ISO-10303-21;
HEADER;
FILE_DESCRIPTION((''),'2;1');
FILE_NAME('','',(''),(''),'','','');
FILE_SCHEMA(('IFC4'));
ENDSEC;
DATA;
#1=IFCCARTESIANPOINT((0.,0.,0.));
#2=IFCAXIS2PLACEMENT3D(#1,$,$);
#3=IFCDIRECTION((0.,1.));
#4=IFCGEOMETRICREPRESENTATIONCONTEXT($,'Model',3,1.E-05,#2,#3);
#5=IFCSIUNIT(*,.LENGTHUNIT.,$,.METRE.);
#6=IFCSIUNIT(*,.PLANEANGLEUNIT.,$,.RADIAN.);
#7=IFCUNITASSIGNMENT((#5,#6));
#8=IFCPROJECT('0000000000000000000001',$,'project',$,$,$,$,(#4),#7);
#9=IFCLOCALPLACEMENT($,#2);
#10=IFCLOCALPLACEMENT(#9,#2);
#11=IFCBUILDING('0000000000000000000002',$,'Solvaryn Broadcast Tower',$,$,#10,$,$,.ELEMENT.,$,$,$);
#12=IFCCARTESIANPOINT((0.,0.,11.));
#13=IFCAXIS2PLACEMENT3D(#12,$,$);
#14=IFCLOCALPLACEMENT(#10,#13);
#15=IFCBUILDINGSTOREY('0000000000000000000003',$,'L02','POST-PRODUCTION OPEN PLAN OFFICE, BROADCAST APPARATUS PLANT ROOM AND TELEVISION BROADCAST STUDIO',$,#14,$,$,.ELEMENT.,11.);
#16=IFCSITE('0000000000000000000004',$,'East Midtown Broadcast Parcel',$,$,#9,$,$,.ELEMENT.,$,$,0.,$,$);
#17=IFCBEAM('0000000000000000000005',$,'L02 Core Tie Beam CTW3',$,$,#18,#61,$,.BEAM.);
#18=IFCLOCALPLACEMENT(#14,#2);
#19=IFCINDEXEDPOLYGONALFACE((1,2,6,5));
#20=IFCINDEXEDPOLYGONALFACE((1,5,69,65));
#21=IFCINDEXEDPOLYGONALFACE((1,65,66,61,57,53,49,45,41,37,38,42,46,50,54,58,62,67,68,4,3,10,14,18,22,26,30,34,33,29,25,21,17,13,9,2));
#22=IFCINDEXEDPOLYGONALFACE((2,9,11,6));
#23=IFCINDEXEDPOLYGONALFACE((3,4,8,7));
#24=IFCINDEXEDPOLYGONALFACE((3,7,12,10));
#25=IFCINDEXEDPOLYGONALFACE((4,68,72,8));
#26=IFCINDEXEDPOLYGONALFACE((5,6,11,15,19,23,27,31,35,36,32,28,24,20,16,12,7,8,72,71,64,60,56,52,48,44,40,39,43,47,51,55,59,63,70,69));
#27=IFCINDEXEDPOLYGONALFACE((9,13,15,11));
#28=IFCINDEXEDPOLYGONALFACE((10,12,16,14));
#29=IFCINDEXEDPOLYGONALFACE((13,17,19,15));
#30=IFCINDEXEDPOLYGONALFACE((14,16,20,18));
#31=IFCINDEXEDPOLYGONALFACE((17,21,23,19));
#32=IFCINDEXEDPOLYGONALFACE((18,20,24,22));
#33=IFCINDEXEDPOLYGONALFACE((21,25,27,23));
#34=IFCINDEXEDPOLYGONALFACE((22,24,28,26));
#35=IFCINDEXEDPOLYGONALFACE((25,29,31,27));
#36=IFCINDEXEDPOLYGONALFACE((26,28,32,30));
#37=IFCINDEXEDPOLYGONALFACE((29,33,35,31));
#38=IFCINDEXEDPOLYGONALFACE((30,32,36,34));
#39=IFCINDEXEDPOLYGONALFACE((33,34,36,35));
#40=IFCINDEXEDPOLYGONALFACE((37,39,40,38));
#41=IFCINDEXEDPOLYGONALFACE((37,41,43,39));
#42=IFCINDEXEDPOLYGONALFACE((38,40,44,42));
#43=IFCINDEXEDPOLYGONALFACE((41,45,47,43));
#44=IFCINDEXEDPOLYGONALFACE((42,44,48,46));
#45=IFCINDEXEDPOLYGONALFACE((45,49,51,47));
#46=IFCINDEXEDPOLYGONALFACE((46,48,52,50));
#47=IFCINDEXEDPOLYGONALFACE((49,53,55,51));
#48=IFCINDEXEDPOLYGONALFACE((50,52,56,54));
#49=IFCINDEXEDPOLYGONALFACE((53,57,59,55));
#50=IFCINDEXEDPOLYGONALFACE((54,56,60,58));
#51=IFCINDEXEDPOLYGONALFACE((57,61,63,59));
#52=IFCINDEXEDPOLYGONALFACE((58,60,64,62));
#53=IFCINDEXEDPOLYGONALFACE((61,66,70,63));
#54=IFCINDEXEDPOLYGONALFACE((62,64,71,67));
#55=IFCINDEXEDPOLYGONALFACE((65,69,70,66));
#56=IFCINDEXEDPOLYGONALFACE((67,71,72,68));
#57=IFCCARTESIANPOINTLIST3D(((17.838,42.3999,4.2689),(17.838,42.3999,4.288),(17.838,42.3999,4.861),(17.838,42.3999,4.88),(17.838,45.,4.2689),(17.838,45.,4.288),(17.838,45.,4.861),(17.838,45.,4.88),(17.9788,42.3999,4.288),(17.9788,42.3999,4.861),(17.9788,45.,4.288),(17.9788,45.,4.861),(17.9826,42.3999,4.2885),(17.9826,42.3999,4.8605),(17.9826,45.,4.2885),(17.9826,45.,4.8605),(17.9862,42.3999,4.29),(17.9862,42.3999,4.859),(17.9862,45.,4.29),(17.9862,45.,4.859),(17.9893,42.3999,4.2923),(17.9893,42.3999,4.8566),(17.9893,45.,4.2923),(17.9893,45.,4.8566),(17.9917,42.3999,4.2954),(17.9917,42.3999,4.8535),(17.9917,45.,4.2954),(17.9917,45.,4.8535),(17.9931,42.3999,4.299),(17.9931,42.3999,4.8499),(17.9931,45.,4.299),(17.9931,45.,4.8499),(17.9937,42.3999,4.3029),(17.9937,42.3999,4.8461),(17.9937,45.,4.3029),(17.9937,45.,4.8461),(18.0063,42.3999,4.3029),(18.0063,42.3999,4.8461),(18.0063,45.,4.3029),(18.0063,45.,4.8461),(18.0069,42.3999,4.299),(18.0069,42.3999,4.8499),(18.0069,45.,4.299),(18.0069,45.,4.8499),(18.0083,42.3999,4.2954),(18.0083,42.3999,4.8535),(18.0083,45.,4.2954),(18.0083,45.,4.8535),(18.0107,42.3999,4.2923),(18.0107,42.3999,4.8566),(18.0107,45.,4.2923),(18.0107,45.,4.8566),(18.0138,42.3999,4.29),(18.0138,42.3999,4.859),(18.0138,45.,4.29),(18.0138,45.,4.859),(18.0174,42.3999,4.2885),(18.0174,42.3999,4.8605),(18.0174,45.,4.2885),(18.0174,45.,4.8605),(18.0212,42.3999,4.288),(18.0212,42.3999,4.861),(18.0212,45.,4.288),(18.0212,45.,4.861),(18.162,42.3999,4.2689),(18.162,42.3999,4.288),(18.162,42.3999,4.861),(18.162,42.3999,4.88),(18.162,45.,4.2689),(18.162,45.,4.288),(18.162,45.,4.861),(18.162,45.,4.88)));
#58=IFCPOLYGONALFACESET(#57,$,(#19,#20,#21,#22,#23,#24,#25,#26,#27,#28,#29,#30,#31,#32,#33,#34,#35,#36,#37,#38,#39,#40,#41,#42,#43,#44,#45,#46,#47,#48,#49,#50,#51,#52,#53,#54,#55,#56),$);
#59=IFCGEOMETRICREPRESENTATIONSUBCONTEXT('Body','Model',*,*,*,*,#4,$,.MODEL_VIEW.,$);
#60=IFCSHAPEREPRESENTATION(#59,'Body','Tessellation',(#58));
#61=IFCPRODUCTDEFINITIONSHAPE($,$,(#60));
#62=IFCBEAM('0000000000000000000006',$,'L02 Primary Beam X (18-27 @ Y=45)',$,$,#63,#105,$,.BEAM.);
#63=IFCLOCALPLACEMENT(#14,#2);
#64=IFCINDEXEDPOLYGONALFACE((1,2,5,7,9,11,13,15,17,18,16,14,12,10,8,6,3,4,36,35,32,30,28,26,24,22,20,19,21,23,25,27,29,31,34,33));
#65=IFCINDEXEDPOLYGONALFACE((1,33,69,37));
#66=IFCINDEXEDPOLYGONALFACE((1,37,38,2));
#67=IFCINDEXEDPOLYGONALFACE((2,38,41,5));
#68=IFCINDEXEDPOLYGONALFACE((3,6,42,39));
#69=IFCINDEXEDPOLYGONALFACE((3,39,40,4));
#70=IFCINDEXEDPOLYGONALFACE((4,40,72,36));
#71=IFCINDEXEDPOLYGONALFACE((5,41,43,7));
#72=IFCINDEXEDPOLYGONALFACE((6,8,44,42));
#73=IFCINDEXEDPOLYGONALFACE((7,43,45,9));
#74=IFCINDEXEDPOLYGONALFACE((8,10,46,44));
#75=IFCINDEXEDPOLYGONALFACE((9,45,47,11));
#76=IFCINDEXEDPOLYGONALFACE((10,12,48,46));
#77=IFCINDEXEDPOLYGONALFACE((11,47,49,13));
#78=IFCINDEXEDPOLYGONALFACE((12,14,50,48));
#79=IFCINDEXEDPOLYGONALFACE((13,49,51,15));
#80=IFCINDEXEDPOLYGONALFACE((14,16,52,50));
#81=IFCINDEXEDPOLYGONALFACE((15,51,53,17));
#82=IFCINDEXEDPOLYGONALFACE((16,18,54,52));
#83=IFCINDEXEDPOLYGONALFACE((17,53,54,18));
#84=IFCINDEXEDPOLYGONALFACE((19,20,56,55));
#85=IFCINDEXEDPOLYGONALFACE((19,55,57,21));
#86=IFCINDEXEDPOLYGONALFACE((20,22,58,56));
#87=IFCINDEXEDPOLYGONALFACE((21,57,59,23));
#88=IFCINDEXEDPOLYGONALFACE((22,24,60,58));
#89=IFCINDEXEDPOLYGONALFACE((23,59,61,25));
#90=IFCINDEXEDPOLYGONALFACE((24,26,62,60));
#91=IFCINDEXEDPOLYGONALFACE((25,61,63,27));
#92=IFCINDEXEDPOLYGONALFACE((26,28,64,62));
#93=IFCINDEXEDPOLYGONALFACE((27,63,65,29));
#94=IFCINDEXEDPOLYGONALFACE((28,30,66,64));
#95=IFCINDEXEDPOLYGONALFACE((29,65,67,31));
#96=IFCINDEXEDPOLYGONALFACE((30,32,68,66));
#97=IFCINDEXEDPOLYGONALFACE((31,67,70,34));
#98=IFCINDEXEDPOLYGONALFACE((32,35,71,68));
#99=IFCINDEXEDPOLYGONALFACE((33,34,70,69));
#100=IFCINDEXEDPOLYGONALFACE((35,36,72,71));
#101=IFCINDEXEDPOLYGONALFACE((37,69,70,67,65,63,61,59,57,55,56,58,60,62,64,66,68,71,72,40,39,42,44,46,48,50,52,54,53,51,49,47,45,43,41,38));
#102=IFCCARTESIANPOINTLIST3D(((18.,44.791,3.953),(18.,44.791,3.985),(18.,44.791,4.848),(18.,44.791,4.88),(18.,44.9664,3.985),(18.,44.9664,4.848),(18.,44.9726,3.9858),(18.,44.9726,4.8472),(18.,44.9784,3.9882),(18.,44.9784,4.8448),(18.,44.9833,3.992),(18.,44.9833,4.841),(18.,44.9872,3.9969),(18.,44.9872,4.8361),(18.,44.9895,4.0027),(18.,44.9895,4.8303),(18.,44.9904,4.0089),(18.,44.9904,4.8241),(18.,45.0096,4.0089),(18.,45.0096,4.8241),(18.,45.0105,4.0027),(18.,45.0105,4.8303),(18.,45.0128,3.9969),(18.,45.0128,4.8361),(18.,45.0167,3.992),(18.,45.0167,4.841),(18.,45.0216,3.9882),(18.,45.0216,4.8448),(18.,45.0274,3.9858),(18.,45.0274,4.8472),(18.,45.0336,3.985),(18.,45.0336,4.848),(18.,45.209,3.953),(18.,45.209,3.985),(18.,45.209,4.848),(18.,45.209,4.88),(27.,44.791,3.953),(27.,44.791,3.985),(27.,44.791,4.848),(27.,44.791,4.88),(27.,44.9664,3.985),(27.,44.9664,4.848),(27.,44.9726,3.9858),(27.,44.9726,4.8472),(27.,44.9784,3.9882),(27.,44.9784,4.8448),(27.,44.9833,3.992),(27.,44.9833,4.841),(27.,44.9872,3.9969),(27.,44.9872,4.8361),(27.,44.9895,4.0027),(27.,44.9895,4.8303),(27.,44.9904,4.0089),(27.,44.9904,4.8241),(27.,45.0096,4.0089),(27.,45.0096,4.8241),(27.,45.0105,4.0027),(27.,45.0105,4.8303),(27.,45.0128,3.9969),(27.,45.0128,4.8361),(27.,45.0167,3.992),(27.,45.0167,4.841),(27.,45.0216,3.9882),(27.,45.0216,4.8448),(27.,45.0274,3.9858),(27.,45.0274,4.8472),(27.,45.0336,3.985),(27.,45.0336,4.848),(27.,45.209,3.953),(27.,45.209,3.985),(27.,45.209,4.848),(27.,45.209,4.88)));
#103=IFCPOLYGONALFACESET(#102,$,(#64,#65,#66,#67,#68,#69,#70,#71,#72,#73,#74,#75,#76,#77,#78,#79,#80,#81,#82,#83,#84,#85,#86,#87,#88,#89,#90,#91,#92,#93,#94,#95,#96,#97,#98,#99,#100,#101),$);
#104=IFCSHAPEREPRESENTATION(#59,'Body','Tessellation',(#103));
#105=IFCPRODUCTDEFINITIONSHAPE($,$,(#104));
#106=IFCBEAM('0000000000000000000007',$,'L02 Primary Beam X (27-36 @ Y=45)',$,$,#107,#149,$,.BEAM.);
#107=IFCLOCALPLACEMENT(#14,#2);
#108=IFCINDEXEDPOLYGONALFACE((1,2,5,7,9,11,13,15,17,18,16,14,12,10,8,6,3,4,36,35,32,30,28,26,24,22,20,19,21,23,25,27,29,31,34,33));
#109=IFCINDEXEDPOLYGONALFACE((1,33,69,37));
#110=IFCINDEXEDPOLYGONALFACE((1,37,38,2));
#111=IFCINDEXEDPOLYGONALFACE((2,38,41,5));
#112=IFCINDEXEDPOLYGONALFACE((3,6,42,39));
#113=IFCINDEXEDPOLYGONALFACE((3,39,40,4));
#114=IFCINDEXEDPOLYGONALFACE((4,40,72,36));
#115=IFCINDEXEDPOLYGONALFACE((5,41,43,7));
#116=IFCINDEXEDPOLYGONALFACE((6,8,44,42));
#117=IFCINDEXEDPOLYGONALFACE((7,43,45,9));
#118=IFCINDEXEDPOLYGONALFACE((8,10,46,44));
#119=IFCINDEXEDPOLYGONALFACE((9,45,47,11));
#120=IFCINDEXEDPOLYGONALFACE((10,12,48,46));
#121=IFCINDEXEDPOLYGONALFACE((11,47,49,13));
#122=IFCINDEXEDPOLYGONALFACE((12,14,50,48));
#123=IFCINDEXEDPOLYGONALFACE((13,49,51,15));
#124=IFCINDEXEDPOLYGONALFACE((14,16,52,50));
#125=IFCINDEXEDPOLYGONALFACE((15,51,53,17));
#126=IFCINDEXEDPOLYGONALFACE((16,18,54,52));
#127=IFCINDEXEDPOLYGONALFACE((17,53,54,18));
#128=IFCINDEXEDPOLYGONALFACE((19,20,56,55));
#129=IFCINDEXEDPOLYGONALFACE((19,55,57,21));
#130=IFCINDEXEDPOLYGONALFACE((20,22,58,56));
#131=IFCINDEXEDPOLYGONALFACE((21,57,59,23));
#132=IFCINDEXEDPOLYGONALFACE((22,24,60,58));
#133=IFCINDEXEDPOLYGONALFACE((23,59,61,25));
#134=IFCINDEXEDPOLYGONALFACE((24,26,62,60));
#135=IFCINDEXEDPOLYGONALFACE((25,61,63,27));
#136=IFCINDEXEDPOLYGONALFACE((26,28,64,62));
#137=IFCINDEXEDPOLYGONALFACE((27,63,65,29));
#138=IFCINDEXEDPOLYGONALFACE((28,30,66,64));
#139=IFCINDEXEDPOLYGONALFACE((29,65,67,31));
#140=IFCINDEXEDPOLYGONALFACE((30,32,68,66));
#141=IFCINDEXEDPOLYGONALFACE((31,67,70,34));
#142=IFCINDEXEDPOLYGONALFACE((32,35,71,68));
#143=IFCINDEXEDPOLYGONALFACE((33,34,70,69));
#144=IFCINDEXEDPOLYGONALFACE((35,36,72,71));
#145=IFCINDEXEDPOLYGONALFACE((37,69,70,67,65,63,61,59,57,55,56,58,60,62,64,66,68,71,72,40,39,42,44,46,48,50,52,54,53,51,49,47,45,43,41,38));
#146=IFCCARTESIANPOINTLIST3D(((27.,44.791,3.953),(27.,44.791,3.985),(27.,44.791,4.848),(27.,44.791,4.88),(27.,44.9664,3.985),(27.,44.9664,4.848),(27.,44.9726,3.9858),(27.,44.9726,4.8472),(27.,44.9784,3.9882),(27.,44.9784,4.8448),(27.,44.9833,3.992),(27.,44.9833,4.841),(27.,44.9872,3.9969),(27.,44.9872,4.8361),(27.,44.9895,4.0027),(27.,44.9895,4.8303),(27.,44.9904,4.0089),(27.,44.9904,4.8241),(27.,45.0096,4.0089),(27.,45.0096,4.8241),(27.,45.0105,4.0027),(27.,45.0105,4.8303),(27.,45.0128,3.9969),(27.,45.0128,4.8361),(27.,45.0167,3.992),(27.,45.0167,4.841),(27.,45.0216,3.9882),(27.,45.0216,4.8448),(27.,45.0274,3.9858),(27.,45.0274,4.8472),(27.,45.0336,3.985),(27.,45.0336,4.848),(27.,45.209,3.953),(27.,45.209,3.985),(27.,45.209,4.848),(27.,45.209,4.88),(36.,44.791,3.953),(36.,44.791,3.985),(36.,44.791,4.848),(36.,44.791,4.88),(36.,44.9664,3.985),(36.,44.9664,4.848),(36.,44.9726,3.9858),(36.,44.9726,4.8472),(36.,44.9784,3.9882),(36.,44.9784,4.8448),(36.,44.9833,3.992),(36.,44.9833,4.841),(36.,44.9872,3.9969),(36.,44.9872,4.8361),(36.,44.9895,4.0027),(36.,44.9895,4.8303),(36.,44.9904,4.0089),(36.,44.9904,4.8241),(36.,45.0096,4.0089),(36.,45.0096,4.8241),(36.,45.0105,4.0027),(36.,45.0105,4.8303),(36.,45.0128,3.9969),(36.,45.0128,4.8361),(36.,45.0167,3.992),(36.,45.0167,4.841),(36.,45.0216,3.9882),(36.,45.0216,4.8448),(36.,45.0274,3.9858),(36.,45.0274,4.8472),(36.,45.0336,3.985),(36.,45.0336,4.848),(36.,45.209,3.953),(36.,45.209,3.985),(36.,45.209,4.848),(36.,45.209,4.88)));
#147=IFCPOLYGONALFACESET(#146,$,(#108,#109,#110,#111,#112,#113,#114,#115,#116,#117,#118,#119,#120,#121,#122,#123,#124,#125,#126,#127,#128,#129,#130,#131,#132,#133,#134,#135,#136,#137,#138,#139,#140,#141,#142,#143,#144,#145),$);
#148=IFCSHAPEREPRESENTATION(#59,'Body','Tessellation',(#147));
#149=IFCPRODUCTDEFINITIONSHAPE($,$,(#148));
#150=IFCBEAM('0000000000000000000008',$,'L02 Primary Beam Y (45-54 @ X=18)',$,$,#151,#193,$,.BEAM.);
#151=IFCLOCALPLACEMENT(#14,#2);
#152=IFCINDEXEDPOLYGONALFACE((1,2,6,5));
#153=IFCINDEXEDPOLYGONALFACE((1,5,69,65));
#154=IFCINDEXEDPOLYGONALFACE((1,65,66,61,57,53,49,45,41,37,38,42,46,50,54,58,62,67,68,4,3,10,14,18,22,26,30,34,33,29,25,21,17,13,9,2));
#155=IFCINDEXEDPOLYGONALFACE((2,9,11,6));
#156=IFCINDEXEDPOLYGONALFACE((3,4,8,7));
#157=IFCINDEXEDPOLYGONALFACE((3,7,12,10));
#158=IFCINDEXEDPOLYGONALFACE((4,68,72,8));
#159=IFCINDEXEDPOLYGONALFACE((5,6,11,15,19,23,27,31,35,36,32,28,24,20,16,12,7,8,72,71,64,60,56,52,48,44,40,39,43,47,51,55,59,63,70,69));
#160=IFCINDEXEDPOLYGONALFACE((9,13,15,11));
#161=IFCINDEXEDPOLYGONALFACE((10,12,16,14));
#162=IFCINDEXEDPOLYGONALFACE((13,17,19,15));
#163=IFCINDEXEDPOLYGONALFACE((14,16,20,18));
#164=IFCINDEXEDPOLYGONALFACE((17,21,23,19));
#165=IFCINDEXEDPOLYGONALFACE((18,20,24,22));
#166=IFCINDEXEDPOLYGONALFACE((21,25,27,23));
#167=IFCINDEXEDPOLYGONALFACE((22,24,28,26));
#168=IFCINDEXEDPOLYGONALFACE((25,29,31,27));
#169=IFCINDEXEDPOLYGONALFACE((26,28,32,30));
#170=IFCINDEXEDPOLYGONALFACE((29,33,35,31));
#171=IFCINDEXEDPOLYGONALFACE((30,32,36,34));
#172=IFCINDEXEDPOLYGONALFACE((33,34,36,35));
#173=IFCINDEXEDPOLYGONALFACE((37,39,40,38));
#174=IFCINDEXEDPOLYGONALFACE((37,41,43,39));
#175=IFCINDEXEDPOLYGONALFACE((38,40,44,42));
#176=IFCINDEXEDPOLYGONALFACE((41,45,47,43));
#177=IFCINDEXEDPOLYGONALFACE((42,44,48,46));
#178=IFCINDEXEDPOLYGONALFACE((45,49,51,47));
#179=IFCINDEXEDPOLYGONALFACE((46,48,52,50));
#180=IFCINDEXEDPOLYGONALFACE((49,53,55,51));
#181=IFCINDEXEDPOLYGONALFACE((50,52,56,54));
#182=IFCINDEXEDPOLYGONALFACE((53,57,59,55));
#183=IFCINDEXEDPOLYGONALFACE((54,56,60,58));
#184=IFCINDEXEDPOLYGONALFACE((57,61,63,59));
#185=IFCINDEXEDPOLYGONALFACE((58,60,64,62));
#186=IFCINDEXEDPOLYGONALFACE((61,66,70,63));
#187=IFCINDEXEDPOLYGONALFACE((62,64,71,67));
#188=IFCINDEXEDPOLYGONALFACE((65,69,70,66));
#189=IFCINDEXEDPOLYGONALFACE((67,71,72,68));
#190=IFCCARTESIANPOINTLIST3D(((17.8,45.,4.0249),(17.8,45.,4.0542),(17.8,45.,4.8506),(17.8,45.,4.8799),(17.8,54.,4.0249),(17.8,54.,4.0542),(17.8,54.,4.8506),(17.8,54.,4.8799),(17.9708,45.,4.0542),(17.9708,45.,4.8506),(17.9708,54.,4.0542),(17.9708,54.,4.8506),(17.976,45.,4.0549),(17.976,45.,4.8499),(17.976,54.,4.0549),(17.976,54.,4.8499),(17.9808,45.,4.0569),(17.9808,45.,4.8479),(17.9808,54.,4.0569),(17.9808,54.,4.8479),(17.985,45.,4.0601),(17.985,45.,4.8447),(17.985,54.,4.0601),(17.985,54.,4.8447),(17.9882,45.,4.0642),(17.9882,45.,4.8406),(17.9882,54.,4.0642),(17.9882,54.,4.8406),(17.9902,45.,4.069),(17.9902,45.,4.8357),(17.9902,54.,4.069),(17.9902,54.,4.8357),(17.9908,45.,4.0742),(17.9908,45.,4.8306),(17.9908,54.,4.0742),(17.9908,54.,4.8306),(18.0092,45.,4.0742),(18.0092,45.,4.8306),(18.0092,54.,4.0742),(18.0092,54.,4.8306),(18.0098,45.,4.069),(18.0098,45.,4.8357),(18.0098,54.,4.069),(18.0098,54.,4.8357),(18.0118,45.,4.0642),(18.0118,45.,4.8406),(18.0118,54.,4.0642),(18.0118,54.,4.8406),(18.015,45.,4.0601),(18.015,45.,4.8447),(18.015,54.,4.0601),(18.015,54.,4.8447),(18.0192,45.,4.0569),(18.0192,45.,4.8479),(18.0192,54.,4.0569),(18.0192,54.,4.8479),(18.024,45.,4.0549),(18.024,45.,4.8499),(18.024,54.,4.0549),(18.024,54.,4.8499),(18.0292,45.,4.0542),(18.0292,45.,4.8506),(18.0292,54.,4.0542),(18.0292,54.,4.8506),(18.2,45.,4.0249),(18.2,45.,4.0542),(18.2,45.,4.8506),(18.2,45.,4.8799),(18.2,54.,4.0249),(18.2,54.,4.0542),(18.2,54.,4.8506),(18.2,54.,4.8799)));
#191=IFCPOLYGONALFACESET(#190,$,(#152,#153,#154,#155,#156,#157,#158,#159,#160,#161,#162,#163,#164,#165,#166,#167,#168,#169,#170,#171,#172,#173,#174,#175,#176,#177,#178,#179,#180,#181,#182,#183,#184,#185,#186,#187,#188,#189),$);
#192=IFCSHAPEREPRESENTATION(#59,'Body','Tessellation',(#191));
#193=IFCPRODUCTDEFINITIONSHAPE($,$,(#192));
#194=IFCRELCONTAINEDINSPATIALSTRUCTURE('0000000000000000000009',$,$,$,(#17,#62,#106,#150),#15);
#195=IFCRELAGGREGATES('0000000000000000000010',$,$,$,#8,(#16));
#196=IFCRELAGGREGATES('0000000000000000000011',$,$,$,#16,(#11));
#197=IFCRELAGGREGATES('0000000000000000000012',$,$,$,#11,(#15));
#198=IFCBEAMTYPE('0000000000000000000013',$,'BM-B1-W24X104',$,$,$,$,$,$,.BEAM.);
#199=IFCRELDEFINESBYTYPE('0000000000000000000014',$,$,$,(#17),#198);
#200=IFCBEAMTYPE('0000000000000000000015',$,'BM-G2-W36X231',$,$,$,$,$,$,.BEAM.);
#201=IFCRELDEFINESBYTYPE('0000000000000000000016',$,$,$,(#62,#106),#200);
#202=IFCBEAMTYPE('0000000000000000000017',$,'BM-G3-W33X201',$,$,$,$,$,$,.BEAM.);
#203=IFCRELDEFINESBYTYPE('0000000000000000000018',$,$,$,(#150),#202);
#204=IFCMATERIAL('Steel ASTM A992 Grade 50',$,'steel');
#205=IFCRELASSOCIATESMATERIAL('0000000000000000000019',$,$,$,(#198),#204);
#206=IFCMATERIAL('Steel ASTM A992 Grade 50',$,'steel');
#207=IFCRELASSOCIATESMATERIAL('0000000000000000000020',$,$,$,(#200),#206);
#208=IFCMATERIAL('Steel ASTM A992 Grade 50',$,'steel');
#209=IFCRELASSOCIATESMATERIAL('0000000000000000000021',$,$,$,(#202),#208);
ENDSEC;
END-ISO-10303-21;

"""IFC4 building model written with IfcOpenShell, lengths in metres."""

from ifc_helpers import new_model, si_unit, direction, frame, origin, origin_2d, place, context, subcontext, project, spatial, i_section, extrude, material, material_profile, profile_set, type_object, element, save


model = new_model("IFC4")

# Units and contexts
model_context = context("Model", 3, precision=1e-05, world=origin(), true_north=direction((0.0, 1.0)))
body_context = subcontext(model_context, "Body", "Model", "MODEL_VIEW")
ifc_project = project(units=[si_unit("LENGTHUNIT", "METRE"), si_unit("PLANEANGLEUNIT", "RADIAN")], contexts=[model_context])

# Site, building, storey
site_placement = place(None, origin())
site = spatial("IfcSite", under=ifc_project, at=site_placement, Name="East Midtown Broadcast Parcel", CompositionType="ELEMENT", RefElevation=0.0)
building_placement = place(site_placement, origin())
building = spatial("IfcBuilding", under=site, at=building_placement, Name="Solvaryn Broadcast Tower", CompositionType="ELEMENT")
storey_placement = place(building_placement, frame((0.0, 0.0, 11.0)))
storey = spatial("IfcBuildingStorey", under=building, at=storey_placement, Name="L02", Description="POST-PRODUCTION OPEN PLAN OFFICE, BROADCAST APPARATUS PLANT ROOM AND TELEVISION BROADCAST STUDIO", CompositionType="ELEMENT", Elevation=11.0)

# Beams
ifc_material_1 = material(Name="Steel ASTM A992 Grade 50", Category="steel")
ifc_material_profile_1 = material_profile(ifc_material_1, i_section(OverallWidth=0.324, OverallDepth=0.6111, WebThickness=0.0127, FlangeThickness=0.019, FilletRadius=0.0149, at=origin_2d()))
ifc_profile_set_1 = profile_set([ifc_material_profile_1], Name="Steel ASTM A992 Grade 50")
beam_type_1 = type_object("IfcBeamType", Name="BM-B1-W24X104", PredefinedType="BEAM", material=ifc_profile_set_1)
beam_placement = place(storey_placement, frame((18.0, 42.3999, 4.5745), z_axis=(0.0, 1.0, 0.0), x_axis=(-1.0, 0.0, 0.0)))
element("IfcBeam", 1, at=beam_placement, inside=storey, type_object=beam_type_1, Name="L02 Core Tie Beam CTW3", PredefinedType="BEAM", context=body_context, shape_type="SweptSolid", body=[
    extrude(i_section(OverallWidth=0.324, OverallDepth=0.6111, WebThickness=0.0127, FlangeThickness=0.019, FilletRadius=0.0149, at=origin_2d()), origin(), (0.0, 0.0, 1.0), 2.6001),
])
ifc_material_2 = material(Name="Steel ASTM A992 Grade 50", Category="steel")
ifc_material_profile_2 = material_profile(ifc_material_2, i_section(OverallWidth=0.418, OverallDepth=0.927, WebThickness=0.0193, FlangeThickness=0.032, FilletRadius=0.0239, at=origin_2d()))
ifc_profile_set_2 = profile_set([ifc_material_profile_2], Name="Steel ASTM A992 Grade 50")
beam_type_2 = type_object("IfcBeamType", Name="BM-G2-W36X231", PredefinedType="BEAM", material=ifc_profile_set_2)
for number, where, z_axis, x_axis, name in (
    (2, (18.0, 45.0, 4.4165), (1.0, 0.0, 0.0), (0.0, 1.0, 0.0), "L02 Primary Beam X (18-27 @ Y=45)"),
    (3, (27.0, 45.0, 4.4165), (1.0, 0.0, 0.0), (0.0, 1.0, 0.0), "L02 Primary Beam X (27-36 @ Y=45)"),
):
    element("IfcBeam", number, at=place(storey_placement, frame(where, z_axis=z_axis, x_axis=x_axis)), inside=storey, type_object=beam_type_2, Name=name, PredefinedType="BEAM", context=body_context, shape_type="SweptSolid", body=[
        extrude(i_section(OverallWidth=0.418, OverallDepth=0.927, WebThickness=0.0193, FlangeThickness=0.032, FilletRadius=0.0239, at=origin_2d()), origin(), (0.0, 0.0, 1.0), 9.0),
    ])
ifc_material_3 = material(Name="Steel ASTM A992 Grade 50", Category="steel")
ifc_material_profile_3 = material_profile(ifc_material_3, i_section(OverallWidth=0.3999, OverallDepth=0.855, WebThickness=0.0183, FlangeThickness=0.0293, FilletRadius=0.02, at=origin_2d()))
ifc_profile_set_3 = profile_set([ifc_material_profile_3], Name="Steel ASTM A992 Grade 50")
beam_type_3 = type_object("IfcBeamType", Name="BM-G3-W33X201", PredefinedType="BEAM", material=ifc_profile_set_3)
for number, where, z_axis, x_axis, name in (
    (4, (18.0, 45.0, 4.4524), (0.0, 1.0, 0.0), (-1.0, 0.0, 0.0), "L02 Primary Beam Y (45-54 @ X=18)"),
):
    element("IfcBeam", number, at=place(storey_placement, frame(where, z_axis=z_axis, x_axis=x_axis)), inside=storey, type_object=beam_type_3, Name=name, PredefinedType="BEAM", context=body_context, shape_type="SweptSolid", body=[
        extrude(i_section(OverallWidth=0.3999, OverallDepth=0.855, WebThickness=0.0183, FlangeThickness=0.0293, FilletRadius=0.02, at=origin_2d()), origin(), (0.0, 0.0, 1.0), 9.0),
    ])

save(model, "model.ifc")
